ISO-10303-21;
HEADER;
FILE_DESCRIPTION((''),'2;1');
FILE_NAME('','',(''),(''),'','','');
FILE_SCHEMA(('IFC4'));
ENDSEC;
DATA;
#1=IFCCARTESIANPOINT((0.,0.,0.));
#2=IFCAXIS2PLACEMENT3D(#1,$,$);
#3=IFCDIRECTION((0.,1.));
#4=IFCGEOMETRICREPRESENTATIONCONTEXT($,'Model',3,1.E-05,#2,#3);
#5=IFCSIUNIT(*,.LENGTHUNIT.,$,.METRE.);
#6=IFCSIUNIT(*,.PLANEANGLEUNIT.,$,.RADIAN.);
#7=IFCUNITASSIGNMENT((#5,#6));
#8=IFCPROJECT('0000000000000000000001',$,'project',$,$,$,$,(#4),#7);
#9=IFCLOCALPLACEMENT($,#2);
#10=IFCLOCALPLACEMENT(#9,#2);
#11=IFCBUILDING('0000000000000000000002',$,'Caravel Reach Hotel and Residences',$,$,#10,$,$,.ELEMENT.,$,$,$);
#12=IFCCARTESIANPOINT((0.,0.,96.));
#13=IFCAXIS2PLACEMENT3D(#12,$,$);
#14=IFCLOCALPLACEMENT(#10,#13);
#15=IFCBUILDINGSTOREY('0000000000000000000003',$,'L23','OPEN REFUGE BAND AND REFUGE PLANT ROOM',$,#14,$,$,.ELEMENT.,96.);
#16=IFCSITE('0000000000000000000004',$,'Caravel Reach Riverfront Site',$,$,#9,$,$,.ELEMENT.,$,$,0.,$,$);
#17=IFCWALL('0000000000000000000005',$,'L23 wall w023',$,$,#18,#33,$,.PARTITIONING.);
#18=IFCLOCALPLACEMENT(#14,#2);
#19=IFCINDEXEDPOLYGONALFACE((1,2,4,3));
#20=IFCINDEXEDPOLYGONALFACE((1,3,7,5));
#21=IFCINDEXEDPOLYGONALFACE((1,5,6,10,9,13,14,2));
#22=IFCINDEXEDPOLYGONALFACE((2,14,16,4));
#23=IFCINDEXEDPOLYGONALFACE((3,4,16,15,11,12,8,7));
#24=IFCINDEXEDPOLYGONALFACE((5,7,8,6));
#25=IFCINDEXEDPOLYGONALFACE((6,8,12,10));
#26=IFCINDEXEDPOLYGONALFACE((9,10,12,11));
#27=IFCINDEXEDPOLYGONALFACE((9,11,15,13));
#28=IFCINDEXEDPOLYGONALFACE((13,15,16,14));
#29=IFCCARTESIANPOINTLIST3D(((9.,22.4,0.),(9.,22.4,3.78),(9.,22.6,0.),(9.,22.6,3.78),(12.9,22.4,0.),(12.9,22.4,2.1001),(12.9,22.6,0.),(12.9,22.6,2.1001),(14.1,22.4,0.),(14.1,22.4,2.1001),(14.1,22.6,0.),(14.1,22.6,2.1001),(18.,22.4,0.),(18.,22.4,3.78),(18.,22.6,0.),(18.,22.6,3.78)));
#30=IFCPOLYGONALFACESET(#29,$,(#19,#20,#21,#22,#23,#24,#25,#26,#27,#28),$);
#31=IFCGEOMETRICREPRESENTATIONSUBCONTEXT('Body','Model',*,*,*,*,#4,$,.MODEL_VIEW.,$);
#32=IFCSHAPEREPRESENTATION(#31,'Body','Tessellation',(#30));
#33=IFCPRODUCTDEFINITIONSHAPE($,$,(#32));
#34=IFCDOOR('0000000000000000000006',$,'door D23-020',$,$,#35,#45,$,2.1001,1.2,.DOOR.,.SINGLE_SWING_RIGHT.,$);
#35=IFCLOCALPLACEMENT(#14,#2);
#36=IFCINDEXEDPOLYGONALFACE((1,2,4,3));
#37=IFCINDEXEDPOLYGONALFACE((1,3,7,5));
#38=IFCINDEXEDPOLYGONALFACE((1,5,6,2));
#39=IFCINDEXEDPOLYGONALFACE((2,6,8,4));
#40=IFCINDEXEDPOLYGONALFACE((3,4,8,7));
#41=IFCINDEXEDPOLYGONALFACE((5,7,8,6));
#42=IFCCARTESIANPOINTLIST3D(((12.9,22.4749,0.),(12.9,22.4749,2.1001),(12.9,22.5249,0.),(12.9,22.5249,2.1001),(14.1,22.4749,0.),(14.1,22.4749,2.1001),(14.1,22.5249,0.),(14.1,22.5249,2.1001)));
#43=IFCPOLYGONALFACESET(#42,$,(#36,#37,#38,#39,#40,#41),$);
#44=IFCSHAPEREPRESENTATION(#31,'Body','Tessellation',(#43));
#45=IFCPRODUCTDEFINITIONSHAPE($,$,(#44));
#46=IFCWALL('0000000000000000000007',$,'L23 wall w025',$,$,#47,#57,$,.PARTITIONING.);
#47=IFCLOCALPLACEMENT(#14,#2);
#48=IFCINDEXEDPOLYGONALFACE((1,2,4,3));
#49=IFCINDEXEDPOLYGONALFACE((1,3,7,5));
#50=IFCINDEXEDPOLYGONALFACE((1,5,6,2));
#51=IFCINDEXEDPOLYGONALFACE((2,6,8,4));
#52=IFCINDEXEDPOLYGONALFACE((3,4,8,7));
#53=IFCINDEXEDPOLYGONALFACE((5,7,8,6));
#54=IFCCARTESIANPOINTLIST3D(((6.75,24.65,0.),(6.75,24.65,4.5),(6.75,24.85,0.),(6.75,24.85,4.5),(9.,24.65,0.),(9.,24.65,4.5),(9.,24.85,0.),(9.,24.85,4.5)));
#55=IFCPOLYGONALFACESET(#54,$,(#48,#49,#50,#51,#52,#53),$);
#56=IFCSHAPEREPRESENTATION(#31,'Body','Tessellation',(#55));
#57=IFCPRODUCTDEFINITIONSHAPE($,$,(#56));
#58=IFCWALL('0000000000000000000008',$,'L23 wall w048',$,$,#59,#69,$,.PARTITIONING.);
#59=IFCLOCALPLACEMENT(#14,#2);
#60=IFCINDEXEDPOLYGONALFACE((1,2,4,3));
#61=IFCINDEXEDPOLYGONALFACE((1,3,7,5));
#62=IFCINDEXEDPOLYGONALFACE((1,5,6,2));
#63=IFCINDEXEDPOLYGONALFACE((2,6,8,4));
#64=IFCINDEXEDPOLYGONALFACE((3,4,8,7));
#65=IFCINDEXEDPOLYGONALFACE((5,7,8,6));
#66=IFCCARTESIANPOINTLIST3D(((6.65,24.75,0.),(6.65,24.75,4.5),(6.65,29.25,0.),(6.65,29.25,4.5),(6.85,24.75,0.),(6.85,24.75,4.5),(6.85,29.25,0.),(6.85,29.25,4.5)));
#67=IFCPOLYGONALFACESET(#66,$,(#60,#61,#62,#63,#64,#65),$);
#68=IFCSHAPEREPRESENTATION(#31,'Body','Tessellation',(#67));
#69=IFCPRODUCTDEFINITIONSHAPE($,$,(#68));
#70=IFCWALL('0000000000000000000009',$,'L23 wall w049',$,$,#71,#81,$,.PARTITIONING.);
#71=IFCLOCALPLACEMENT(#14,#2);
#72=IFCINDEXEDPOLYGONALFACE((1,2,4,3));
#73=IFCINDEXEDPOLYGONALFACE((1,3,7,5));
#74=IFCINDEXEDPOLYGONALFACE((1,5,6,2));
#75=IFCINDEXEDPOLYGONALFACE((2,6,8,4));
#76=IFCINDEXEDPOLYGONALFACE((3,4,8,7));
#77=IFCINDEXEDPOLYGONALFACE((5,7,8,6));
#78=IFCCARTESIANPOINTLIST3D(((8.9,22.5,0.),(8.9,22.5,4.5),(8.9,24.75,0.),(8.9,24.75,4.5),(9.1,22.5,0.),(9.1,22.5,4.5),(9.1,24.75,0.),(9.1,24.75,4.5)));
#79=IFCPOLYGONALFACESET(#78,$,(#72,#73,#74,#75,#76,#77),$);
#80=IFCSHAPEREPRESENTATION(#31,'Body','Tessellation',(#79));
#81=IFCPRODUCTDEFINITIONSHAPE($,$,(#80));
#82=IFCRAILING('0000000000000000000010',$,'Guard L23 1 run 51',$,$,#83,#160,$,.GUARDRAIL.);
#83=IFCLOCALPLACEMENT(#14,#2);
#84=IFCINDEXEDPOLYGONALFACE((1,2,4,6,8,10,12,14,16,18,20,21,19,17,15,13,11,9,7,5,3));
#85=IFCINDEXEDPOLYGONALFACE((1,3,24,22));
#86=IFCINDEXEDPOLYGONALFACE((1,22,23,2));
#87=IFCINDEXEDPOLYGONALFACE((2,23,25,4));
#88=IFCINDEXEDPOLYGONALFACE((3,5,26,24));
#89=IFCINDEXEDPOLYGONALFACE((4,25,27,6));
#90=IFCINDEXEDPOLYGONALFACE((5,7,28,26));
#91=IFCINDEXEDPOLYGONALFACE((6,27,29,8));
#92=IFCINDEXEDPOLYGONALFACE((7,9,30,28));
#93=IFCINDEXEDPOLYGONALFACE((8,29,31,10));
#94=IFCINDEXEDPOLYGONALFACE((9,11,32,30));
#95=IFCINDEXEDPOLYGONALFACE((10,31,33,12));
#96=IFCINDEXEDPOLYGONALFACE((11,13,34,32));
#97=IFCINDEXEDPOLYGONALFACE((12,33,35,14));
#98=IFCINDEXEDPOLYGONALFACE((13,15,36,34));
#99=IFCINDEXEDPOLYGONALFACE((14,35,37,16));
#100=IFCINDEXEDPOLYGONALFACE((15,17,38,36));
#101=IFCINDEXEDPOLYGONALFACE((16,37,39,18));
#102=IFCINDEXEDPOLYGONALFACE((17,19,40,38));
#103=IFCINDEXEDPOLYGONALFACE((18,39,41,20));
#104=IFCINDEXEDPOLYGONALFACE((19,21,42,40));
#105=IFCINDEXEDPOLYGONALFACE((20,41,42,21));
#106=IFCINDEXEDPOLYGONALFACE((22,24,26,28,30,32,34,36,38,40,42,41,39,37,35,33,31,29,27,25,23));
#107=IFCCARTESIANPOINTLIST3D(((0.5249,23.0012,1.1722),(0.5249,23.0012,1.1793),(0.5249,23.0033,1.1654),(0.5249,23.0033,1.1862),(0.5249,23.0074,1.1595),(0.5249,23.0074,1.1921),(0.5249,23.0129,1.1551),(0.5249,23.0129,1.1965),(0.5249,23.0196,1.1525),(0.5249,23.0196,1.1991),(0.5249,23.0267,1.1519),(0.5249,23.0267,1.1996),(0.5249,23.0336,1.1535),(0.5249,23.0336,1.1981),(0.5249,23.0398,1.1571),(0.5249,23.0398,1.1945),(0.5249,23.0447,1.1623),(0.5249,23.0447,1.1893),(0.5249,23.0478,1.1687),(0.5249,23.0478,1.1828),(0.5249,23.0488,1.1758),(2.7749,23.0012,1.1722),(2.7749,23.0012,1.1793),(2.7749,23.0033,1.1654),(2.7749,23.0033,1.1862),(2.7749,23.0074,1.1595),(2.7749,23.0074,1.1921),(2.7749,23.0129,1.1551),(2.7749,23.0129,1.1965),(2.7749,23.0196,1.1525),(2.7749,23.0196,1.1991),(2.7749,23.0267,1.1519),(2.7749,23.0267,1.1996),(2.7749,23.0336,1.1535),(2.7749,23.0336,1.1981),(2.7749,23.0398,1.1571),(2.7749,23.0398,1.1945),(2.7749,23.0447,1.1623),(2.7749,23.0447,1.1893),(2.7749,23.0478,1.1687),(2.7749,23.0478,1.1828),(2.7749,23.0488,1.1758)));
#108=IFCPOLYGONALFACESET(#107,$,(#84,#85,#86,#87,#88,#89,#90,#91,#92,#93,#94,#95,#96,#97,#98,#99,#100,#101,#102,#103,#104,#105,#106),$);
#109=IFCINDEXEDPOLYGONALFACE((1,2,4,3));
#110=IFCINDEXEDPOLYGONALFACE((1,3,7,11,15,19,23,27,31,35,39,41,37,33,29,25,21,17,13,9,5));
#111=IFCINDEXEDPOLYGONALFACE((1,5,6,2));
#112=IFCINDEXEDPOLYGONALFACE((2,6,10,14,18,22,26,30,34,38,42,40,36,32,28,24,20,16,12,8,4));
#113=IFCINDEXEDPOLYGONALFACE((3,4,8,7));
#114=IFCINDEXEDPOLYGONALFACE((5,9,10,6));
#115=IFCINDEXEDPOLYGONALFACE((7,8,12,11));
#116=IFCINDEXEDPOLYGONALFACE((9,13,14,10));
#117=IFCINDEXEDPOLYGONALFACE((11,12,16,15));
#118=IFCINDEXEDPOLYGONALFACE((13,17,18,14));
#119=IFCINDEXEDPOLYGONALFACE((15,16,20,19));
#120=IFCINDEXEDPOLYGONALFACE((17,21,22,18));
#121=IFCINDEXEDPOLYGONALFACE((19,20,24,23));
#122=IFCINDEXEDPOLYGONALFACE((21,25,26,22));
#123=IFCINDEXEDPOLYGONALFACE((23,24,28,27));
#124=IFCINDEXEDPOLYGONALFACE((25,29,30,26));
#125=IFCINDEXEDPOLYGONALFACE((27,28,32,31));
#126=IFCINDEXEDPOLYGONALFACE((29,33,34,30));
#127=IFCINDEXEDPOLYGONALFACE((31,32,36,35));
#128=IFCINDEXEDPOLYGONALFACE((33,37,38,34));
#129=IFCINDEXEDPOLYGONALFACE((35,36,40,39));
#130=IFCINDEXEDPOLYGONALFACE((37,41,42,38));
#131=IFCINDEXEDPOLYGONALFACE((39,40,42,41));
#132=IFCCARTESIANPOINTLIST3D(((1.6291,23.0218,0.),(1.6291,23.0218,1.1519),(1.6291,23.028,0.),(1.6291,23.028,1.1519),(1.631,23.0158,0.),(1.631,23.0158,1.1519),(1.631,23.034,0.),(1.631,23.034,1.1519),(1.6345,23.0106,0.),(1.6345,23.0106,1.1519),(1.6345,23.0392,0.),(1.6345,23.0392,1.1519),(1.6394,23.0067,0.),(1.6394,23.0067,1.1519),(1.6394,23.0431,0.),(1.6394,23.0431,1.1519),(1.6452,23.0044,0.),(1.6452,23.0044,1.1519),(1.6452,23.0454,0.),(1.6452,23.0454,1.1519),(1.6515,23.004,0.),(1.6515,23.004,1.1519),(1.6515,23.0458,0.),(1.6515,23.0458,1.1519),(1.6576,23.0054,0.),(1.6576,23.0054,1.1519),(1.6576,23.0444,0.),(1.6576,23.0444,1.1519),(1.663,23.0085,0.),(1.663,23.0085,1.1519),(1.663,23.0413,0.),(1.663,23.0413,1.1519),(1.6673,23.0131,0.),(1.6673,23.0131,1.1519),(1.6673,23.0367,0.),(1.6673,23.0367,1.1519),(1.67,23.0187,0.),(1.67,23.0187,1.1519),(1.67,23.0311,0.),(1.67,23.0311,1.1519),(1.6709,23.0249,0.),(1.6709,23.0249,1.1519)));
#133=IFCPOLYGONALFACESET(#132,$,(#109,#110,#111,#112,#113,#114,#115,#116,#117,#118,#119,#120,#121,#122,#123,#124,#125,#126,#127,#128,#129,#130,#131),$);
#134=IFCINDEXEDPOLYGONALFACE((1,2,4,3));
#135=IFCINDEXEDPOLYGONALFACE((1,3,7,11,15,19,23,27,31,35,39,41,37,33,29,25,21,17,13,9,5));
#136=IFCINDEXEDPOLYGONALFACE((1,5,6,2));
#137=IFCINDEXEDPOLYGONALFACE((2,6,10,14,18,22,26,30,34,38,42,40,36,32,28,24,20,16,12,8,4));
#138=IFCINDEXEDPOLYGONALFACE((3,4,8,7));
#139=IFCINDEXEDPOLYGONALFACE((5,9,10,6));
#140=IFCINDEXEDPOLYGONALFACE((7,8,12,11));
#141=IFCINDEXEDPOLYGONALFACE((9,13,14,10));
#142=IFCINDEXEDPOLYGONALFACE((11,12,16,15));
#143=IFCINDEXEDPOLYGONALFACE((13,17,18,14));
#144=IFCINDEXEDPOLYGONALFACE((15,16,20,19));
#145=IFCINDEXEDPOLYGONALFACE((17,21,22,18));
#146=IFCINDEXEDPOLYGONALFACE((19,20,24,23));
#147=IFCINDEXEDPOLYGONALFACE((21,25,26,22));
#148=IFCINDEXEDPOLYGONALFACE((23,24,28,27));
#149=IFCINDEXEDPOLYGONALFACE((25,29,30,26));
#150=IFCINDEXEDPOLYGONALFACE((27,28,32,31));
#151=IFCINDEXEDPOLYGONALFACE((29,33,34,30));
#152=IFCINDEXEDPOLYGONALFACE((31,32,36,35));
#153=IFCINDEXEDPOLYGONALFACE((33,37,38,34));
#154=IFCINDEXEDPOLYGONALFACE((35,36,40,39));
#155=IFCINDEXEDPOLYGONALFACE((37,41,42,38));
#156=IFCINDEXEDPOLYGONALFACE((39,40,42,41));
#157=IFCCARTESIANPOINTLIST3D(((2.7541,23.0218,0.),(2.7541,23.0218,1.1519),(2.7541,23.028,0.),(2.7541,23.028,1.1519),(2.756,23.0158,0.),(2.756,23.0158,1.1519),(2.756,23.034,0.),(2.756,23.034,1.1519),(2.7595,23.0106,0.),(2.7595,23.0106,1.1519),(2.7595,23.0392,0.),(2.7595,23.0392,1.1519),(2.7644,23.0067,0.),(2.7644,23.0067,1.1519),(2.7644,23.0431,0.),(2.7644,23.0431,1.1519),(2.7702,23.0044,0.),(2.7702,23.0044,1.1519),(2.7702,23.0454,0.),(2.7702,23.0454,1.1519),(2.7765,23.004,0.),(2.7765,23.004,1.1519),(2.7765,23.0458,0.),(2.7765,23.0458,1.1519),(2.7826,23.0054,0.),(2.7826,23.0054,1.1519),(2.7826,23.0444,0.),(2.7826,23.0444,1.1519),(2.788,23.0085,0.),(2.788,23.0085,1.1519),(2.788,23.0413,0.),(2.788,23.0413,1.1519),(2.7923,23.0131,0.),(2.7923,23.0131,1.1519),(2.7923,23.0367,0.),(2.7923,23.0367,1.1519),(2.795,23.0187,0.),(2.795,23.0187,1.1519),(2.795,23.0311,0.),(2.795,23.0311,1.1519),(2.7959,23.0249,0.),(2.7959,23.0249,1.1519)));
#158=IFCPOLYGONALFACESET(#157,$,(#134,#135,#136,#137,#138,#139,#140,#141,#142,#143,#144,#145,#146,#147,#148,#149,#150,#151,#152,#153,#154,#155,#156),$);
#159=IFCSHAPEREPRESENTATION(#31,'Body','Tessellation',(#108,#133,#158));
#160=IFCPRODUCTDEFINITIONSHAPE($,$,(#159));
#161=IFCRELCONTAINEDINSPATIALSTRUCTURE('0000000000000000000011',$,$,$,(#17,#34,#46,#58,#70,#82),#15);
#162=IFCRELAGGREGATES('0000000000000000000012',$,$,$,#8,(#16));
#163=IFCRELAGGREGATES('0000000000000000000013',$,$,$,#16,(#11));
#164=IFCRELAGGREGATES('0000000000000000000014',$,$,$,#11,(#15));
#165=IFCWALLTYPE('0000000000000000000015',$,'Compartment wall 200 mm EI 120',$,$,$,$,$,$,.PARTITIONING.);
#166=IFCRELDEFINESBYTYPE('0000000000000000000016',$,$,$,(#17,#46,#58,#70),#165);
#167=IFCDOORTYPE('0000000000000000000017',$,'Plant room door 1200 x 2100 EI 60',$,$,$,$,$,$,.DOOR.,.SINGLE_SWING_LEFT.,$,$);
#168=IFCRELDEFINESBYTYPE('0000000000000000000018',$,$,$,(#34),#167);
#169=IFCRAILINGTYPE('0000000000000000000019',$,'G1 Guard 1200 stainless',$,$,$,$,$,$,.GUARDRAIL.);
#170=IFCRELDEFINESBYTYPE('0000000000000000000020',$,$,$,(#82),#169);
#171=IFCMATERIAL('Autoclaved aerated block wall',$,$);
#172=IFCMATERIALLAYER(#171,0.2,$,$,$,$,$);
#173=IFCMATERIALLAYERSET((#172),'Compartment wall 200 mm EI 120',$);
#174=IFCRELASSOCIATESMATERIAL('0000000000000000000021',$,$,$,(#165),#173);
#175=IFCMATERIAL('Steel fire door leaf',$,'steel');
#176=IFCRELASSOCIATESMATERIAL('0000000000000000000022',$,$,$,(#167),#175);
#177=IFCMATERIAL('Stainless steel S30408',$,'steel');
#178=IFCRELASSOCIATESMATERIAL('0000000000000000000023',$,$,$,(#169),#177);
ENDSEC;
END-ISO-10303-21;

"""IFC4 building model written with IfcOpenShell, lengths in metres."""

from ifc_helpers import new_model, si_unit, direction, frame, frame_2d, origin, origin_2d, place, context, subcontext, project, spatial, rectangle, circle, extrude, material, layer, layer_set, type_object, element, fill, save


model = new_model("IFC4")

# Units and contexts
model_context = context("Model", 3, precision=1e-05, world=origin(), true_north=direction((0.0, 1.0)))
body_context = subcontext(model_context, "Body", "Model", "MODEL_VIEW")
ifc_project = project(units=[si_unit("LENGTHUNIT", "METRE"), si_unit("PLANEANGLEUNIT", "RADIAN")], contexts=[model_context])

# Site, building, storey
site_placement = place(None, origin())
site = spatial("IfcSite", under=ifc_project, at=site_placement, Name="Caravel Reach Riverfront Site", CompositionType="ELEMENT", RefElevation=0.0)
building_placement = place(site_placement, origin())
building = spatial("IfcBuilding", under=site, at=building_placement, Name="Caravel Reach Hotel and Residences", CompositionType="ELEMENT")
storey_placement = place(building_placement, frame((0.0, 0.0, 96.0)))
storey = spatial("IfcBuildingStorey", under=building, at=storey_placement, Name="L23", Description="OPEN REFUGE BAND AND REFUGE PLANT ROOM", CompositionType="ELEMENT", Elevation=96.0)

# Wall, opening, door
ifc_material_1 = material(Name="Autoclaved aerated block wall")
ifc_layer = layer(ifc_material_1, 0.2)
ifc_layer_set = layer_set([ifc_layer], Name="Compartment wall 200 mm EI 120")
wall_type = type_object("IfcWallType", Name="Compartment wall 200 mm EI 120", PredefinedType="PARTITIONING", material=ifc_layer_set)
wall_1_placement = place(storey_placement, frame((9.0, 22.5, 0.0), z_axis=(0.0, 0.0, 1.0), x_axis=(1.0, 0.0, 0.0)))
wall_1 = element("IfcWall", 1, at=wall_1_placement, inside=storey, type_object=wall_type, Name="L23 wall w023", PredefinedType="PARTITIONING", context=body_context, shape_type="SweptSolid", body=[
    extrude(rectangle(XDim=9.0, YDim=0.2, at=frame_2d((4.5, 0.0))), origin(), (0.0, 0.0, 1.0), 3.78),
])
opening_placement = place(wall_1_placement, frame((3.8999, 0.0, 0.0)))
opening = element("IfcOpeningElement", 2, at=opening_placement, cuts=wall_1, PredefinedType="OPENING", context=body_context, shape_type="SweptSolid", body=[
    extrude(rectangle(XDim=1.2, YDim=2.1001, at=frame_2d((0.6001, 1.05))), frame((0.0, 0.1099, 0.0), z_axis=(0.0, -1.0, 0.0), x_axis=(1.0, 0.0, 0.0)), (0.0, 0.0, 1.0), 0.22),
])
ifc_material_2 = material(Name="Steel fire door leaf", Category="steel")
door_type = type_object("IfcDoorType", Name="Plant room door 1200 x 2100 EI 60", OperationType="SINGLE_SWING_LEFT", PredefinedType="DOOR", material=ifc_material_2)
door_placement = place(opening_placement, origin())
door = element("IfcDoor", 3, at=door_placement, inside=storey, type_object=door_type, Name="door D23-020", OperationType="SINGLE_SWING_RIGHT", OverallHeight=2.1001, OverallWidth=1.2, PredefinedType="DOOR", context=body_context, shape_type="SweptSolid", body=[
    extrude(rectangle(XDim=1.2, YDim=2.1001, at=frame_2d((0.6001, 1.05))), frame((0.0, 0.0249, 0.0), z_axis=(0.0, -1.0, 0.0), x_axis=(1.0, 0.0, 0.0)), (0.0, 0.0, 1.0), 0.05),
])
fill(opening, door)

# Walls
wall_2_placement = place(storey_placement, frame((6.75, 24.75, 0.0), z_axis=(0.0, 0.0, 1.0), x_axis=(1.0, 0.0, 0.0)))
element("IfcWall", 4, at=wall_2_placement, inside=storey, type_object=wall_type, Name="L23 wall w025", PredefinedType="PARTITIONING", context=body_context, shape_type="SweptSolid", body=[
    extrude(rectangle(XDim=2.25, YDim=0.2, at=frame_2d((1.125, 0.0))), origin(), (0.0, 0.0, 1.0), 4.5),
])
wall_3_placement = place(storey_placement, frame((6.75, 24.75, 0.0), z_axis=(0.0, 0.0, 1.0), x_axis=(0.0, 1.0, 0.0)))
element("IfcWall", 5, at=wall_3_placement, inside=storey, type_object=wall_type, Name="L23 wall w048", PredefinedType="PARTITIONING", context=body_context, shape_type="SweptSolid", body=[
    extrude(rectangle(XDim=4.5, YDim=0.2, at=frame_2d((2.25, 0.0))), origin(), (0.0, 0.0, 1.0), 4.5),
])
wall_4_placement = place(storey_placement, frame((9.0, 22.5, 0.0), z_axis=(0.0, 0.0, 1.0), x_axis=(0.0, 1.0, 0.0)))
element("IfcWall", 6, at=wall_4_placement, inside=storey, type_object=wall_type, Name="L23 wall w049", PredefinedType="PARTITIONING", context=body_context, shape_type="SweptSolid", body=[
    extrude(rectangle(XDim=2.25, YDim=0.2, at=frame_2d((1.125, 0.0))), origin(), (0.0, 0.0, 1.0), 4.5),
])

# Railing
ifc_material_3 = material(Name="Stainless steel S30408", Category="steel")
railing_type = type_object("IfcRailingType", Name="G1 Guard 1200 stainless", PredefinedType="GUARDRAIL", material=ifc_material_3)
railing_1_placement = place(storey_placement, frame((0.5249, 23.0249, 0.0)))
element("IfcRailing", 7, at=railing_1_placement, inside=storey, type_object=railing_type, Name="Guard L23 1 run 51", PredefinedType="GUARDRAIL", context=body_context, shape_type="SweptSolid", body=[
    extrude(circle(Radius=0.0239, at=origin_2d()), frame((0.0, 0.0, 1.1758), z_axis=(1.0, 0.0, 0.0), x_axis=(0.0, 1.0, 0.0)), (0.0, 0.0, 1.0), 2.25),
    extrude(circle(Radius=0.021, at=origin_2d()), frame((1.125, 0.0, 0.0)), (0.0, 0.0, 1.0), 1.1519),
    extrude(circle(Radius=0.021, at=origin_2d()), frame((2.25, 0.0, 0.0)), (0.0, 0.0, 1.0), 1.1519),
])

save(model, "model.ifc")
